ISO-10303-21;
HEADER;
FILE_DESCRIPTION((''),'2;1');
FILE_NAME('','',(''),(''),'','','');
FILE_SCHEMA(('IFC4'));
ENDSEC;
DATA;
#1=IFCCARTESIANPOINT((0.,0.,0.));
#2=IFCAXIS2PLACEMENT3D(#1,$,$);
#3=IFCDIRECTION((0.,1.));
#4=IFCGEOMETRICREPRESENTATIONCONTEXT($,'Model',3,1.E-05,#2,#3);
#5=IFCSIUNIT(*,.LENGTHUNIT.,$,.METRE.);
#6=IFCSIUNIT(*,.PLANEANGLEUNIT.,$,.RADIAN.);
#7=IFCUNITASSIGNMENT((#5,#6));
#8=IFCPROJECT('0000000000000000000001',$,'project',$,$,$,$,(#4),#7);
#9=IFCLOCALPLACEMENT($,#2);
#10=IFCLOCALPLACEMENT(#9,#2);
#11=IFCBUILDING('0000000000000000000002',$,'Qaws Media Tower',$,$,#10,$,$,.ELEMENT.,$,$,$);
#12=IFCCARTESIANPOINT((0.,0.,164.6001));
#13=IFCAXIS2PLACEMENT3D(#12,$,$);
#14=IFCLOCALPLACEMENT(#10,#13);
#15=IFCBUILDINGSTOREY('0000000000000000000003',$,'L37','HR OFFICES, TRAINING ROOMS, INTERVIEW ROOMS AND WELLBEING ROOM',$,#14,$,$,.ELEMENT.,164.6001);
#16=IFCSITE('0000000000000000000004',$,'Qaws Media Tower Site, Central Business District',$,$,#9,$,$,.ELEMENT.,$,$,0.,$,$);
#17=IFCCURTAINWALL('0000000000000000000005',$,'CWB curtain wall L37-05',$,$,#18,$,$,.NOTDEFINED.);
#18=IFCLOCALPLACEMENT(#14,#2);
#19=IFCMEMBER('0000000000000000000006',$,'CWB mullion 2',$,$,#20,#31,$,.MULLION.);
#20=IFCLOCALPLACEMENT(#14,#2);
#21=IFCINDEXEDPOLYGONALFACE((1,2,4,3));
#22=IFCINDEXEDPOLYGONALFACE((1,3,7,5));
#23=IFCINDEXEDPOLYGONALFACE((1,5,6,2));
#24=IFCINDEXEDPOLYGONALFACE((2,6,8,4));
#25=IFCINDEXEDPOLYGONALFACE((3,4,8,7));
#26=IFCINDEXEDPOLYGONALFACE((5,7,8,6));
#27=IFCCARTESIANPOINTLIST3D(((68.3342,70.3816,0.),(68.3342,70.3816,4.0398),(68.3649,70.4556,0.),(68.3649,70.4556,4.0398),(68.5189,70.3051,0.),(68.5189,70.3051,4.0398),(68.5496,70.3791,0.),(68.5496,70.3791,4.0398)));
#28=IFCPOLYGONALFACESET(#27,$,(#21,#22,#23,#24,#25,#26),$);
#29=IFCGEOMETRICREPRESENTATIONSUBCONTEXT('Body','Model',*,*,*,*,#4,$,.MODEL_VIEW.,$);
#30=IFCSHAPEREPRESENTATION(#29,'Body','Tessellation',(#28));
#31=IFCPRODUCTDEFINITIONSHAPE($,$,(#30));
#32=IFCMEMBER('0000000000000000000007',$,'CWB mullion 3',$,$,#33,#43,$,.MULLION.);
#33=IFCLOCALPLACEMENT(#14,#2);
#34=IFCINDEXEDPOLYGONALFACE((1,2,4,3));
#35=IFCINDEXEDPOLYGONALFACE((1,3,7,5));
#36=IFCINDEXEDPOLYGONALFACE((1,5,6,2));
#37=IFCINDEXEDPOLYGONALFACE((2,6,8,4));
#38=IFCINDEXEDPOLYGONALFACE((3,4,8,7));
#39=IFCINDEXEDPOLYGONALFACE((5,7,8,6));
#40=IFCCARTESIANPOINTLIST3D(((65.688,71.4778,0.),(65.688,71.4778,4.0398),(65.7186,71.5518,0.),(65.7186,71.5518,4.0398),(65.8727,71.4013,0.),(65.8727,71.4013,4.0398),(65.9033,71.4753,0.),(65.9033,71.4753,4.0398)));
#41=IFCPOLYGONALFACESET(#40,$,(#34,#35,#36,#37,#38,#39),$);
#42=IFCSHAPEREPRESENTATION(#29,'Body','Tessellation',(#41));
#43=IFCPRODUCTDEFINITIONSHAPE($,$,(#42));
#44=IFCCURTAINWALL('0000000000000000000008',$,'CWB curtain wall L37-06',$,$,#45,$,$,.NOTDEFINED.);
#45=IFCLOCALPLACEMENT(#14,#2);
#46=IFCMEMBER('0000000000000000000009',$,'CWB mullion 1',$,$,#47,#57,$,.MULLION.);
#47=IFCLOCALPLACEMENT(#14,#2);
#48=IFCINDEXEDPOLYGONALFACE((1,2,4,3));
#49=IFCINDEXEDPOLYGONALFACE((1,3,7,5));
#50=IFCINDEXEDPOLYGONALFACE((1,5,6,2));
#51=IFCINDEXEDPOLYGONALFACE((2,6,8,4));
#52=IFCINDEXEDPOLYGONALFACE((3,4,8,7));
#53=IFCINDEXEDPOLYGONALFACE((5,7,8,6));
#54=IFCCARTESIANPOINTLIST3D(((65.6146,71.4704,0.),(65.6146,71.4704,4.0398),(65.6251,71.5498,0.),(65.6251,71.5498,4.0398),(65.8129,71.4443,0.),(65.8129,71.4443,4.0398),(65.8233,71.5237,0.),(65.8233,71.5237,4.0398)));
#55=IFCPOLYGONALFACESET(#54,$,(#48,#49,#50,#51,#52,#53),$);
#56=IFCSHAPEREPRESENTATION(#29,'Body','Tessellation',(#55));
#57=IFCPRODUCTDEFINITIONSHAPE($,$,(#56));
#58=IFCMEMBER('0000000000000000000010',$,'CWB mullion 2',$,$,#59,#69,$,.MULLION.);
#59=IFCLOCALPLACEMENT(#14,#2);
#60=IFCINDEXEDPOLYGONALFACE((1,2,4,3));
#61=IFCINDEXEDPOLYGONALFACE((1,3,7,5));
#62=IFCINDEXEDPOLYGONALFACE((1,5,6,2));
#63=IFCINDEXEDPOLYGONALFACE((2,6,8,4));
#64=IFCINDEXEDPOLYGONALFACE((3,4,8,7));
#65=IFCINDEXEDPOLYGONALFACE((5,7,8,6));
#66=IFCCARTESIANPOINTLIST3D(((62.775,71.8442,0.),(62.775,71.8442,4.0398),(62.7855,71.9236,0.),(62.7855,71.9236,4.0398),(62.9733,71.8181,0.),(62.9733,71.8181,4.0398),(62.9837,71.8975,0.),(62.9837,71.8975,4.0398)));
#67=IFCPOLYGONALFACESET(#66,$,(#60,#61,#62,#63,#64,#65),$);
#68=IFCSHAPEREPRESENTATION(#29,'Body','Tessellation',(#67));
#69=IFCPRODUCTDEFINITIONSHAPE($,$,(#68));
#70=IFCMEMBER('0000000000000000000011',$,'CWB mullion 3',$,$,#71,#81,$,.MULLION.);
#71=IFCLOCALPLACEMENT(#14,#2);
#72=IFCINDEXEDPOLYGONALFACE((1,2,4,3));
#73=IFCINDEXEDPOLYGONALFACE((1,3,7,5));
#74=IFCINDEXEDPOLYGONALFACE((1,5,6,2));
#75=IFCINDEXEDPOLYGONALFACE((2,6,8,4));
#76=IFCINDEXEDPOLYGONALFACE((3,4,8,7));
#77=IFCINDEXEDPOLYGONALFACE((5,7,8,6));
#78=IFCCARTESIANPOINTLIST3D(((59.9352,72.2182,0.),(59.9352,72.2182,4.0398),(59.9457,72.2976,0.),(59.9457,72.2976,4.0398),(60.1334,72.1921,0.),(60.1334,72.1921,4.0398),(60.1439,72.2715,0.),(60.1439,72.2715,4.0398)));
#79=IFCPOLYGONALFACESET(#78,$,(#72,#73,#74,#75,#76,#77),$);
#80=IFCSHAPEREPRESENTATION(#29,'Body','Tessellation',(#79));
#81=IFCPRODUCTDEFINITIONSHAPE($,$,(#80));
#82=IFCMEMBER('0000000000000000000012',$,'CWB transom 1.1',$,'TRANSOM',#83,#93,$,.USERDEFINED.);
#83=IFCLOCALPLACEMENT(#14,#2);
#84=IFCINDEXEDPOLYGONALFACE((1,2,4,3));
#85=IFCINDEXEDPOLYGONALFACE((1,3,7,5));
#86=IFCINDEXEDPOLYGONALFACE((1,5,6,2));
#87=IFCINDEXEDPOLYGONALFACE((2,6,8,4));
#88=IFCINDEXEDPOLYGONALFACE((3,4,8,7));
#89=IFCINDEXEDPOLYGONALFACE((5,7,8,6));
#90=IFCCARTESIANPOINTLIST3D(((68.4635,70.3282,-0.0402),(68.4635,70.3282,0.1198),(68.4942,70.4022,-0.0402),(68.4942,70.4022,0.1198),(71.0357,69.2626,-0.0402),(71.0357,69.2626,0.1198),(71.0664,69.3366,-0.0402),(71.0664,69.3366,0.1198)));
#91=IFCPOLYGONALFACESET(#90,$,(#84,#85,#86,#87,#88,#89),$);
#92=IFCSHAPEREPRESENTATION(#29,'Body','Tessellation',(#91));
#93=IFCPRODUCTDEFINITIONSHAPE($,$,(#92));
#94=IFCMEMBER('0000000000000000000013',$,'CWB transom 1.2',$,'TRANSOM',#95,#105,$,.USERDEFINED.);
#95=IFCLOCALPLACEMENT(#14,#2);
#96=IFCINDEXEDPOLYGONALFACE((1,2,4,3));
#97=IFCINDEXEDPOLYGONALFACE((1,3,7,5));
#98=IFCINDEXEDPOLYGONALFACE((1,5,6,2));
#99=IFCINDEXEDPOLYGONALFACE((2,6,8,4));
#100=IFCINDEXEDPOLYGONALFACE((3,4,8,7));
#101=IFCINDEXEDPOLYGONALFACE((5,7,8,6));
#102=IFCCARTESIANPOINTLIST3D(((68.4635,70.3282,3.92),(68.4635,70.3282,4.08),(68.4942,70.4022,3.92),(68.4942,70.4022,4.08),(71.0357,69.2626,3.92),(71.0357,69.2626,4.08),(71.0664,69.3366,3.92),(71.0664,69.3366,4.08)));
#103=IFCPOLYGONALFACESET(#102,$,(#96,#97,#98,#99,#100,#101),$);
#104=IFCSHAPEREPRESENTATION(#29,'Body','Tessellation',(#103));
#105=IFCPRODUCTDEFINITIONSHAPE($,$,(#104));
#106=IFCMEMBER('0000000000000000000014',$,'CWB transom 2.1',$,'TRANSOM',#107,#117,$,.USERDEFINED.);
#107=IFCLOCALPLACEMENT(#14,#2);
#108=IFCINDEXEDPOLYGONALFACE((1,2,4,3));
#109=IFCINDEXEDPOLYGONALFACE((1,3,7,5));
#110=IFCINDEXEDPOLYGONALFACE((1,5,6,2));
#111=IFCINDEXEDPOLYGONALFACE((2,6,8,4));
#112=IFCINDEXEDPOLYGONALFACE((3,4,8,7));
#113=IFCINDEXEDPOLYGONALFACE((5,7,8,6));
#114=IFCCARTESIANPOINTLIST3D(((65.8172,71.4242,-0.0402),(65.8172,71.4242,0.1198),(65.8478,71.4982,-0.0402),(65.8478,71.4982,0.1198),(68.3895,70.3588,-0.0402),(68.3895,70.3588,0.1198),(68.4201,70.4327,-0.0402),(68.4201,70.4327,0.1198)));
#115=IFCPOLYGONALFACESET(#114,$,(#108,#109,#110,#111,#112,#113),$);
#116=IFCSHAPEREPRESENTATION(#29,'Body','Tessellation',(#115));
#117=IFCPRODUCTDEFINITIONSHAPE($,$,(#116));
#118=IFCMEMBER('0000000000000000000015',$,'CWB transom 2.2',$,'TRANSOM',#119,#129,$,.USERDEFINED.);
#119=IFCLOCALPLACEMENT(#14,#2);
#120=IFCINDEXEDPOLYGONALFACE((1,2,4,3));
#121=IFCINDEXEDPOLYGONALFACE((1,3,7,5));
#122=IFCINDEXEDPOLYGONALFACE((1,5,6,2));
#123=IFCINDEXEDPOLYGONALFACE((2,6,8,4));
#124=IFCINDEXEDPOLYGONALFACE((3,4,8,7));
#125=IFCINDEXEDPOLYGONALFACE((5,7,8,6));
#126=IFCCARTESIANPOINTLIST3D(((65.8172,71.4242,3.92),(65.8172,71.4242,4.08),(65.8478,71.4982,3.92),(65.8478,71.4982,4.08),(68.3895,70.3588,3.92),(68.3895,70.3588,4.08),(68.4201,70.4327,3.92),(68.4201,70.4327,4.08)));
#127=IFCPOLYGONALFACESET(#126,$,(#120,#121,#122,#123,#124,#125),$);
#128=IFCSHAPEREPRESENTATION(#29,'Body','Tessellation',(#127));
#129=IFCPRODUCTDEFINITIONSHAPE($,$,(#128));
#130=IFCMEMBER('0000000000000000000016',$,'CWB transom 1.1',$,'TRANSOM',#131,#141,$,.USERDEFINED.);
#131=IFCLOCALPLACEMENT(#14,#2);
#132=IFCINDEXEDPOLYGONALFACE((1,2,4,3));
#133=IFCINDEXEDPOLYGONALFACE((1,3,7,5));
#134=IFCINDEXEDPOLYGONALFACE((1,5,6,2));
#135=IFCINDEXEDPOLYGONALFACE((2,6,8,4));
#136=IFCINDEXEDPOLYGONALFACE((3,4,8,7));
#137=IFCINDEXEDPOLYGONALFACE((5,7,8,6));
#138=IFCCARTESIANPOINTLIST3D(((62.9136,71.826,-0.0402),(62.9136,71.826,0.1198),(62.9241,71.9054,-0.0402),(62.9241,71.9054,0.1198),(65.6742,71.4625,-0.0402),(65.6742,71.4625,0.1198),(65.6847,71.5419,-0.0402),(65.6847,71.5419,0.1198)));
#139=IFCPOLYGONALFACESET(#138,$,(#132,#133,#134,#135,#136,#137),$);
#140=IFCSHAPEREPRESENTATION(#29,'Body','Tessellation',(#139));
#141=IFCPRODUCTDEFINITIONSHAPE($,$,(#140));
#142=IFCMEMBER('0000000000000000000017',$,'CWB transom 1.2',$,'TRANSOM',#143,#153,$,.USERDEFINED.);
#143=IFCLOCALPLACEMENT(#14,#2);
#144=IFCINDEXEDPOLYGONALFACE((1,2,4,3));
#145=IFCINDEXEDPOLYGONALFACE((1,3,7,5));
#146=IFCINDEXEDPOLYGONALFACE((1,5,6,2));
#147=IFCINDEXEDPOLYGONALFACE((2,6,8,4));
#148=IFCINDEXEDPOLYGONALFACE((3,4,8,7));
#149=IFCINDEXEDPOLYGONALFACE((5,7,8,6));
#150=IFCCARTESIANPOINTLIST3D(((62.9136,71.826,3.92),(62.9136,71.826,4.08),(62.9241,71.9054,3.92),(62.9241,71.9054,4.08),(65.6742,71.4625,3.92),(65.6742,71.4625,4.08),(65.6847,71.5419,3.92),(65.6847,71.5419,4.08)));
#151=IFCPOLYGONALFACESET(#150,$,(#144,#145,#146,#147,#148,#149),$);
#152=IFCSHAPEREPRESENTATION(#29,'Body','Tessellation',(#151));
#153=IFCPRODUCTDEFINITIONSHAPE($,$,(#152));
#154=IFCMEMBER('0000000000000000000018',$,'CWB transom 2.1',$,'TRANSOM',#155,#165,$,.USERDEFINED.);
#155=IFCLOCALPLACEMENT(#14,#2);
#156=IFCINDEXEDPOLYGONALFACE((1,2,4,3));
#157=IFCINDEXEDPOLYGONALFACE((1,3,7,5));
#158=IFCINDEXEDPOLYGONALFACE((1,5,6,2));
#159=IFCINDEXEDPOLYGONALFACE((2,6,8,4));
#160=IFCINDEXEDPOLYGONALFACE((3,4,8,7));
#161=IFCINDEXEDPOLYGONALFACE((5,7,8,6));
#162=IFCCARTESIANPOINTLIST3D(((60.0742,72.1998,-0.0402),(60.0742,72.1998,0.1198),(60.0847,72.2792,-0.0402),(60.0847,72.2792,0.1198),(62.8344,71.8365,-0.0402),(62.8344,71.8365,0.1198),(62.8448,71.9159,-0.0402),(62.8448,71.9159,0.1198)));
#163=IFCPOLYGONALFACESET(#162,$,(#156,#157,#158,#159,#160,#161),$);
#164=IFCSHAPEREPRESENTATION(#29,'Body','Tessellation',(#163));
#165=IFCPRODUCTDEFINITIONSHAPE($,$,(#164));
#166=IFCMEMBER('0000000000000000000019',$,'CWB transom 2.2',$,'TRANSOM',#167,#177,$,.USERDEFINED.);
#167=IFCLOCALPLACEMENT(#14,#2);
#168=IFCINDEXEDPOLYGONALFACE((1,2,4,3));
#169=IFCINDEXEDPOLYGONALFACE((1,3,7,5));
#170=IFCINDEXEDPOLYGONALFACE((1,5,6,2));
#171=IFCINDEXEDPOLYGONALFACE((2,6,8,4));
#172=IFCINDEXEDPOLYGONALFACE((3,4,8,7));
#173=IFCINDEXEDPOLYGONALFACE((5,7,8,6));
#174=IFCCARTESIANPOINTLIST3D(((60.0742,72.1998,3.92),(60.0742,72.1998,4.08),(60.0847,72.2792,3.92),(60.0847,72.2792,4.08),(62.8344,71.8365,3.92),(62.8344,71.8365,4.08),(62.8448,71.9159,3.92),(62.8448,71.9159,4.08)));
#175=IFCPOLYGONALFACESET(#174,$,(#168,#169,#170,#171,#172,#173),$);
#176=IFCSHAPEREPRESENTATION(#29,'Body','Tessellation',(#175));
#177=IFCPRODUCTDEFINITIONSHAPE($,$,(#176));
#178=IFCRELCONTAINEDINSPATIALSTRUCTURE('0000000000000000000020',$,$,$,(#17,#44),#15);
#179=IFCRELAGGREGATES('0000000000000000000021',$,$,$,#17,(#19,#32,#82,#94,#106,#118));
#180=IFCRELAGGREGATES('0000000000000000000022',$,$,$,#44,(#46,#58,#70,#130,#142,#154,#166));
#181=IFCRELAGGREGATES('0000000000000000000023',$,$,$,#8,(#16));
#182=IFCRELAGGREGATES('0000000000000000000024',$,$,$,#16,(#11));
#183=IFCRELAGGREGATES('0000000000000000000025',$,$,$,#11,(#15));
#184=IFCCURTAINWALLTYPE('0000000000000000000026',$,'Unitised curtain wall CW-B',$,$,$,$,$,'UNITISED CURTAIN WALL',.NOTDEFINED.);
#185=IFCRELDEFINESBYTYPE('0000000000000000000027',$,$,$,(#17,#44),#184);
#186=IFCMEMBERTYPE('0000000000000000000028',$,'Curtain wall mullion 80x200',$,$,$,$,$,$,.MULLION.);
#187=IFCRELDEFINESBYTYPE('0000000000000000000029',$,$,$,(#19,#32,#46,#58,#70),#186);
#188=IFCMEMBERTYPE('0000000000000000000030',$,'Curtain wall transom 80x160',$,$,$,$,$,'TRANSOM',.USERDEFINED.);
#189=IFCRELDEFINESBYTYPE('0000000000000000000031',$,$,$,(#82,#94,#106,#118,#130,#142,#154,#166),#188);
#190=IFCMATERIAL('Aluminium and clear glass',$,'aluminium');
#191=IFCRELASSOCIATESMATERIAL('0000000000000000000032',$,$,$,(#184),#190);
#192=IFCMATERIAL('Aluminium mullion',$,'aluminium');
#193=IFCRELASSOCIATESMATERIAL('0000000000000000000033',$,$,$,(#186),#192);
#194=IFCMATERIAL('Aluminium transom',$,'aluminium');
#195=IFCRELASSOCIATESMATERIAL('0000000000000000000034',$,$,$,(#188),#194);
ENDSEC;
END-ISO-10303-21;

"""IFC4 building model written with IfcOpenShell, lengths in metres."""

from ifc_helpers import new_model, si_unit, direction, frame, origin, origin_2d, place, context, subcontext, project, spatial, rectangle, extrude, material, material_profile, profile_set, type_object, element, aggregate, save


model = new_model("IFC4")

# Units and contexts
model_context = context("Model", 3, precision=1e-05, world=origin(), true_north=direction((0.0, 1.0)))
body_context = subcontext(model_context, "Body", "Model", "MODEL_VIEW")
ifc_project = project(units=[si_unit("LENGTHUNIT", "METRE"), si_unit("PLANEANGLEUNIT", "RADIAN")], contexts=[model_context])

# Site, building, storey
site_placement = place(None, origin())
site = spatial("IfcSite", under=ifc_project, at=site_placement, Name="Qaws Media Tower Site, Central Business District", CompositionType="ELEMENT", RefElevation=0.0)
building_placement = place(site_placement, origin())
building = spatial("IfcBuilding", under=site, at=building_placement, Name="Qaws Media Tower", CompositionType="ELEMENT")
storey_placement = place(building_placement, frame((0.0, 0.0, 164.6001)))
storey = spatial("IfcBuildingStorey", under=building, at=storey_placement, Name="L37", Description="HR OFFICES, TRAINING ROOMS, INTERVIEW ROOMS AND WELLBEING ROOM", CompositionType="ELEMENT", Elevation=164.6001)

# Curtain walls, members
ifc_material_1 = material(Name="Aluminium and clear glass", Category="aluminium")
curtain_wall_type = type_object("IfcCurtainWallType", Name="Unitised curtain wall CW-B", ElementType="UNITISED CURTAIN WALL", PredefinedType="NOTDEFINED", material=ifc_material_1)
curtain_wall_1_placement = place(storey_placement, origin())
curtain_wall_1 = element("IfcCurtainWall", 1, at=curtain_wall_1_placement, inside=storey, type_object=curtain_wall_type, Name="CWB curtain wall L37-05", PredefinedType="NOTDEFINED")
ifc_material_2 = material(Name="Aluminium mullion", Category="aluminium")
ifc_material_profile_1 = material_profile(ifc_material_2, rectangle(XDim=0.0801, YDim=0.2, at=origin_2d()), Name="80x200")
ifc_profile_set_1 = profile_set([ifc_material_profile_1], Name="Aluminium mullion")
member_type_1 = type_object("IfcMemberType", Name="Curtain wall mullion 80x200", PredefinedType="MULLION", material=ifc_profile_set_1)
member_1_placement = place(storey_placement, frame((68.4419, 70.3804, 0.0), z_axis=(0.0, 0.0, 1.0), x_axis=(-0.382684, -0.923879, 0.0)))
member_1 = element("IfcMember", 2, at=member_1_placement, type_object=member_type_1, Name="CWB mullion 2", PredefinedType="MULLION", context=body_context, shape_type="SweptSolid", body=[
    extrude(rectangle(XDim=0.0801, YDim=0.2, at=origin_2d()), origin(), (0.0, 0.0, 1.0), 4.0398),
])
member_2_placement = place(storey_placement, frame((65.7957, 71.4766, 0.0), z_axis=(0.0, 0.0, 1.0), x_axis=(-0.382684, -0.923879, 0.0)))
member_2 = element("IfcMember", 3, at=member_2_placement, type_object=member_type_1, Name="CWB mullion 3", PredefinedType="MULLION", context=body_context, shape_type="SweptSolid", body=[
    extrude(rectangle(XDim=0.0801, YDim=0.2, at=origin_2d()), origin(), (0.0, 0.0, 1.0), 4.0398),
])
curtain_wall_2_placement = place(storey_placement, origin())
curtain_wall_2 = element("IfcCurtainWall", 4, at=curtain_wall_2_placement, inside=storey, type_object=curtain_wall_type, Name="CWB curtain wall L37-06", PredefinedType="NOTDEFINED")
member_3_placement = place(storey_placement, frame((65.719, 71.4971, 0.0), z_axis=(0.0, 0.0, 1.0), x_axis=(-0.130526, -0.991445, 0.0)))
member_3 = element("IfcMember", 5, at=member_3_placement, type_object=member_type_1, Name="CWB mullion 1", PredefinedType="MULLION", context=body_context, shape_type="SweptSolid", body=[
    extrude(rectangle(XDim=0.0801, YDim=0.2, at=origin_2d()), origin(), (0.0, 0.0, 1.0), 4.0398),
])
member_4_placement = place(storey_placement, frame((62.8794, 71.8708, 0.0), z_axis=(0.0, 0.0, 1.0), x_axis=(-0.130526, -0.991445, 0.0)))
member_4 = element("IfcMember", 6, at=member_4_placement, type_object=member_type_1, Name="CWB mullion 2", PredefinedType="MULLION", context=body_context, shape_type="SweptSolid", body=[
    extrude(rectangle(XDim=0.0801, YDim=0.2, at=origin_2d()), origin(), (0.0, 0.0, 1.0), 4.0398),
])
member_5_placement = place(storey_placement, frame((60.0396, 72.2449, 0.0), z_axis=(0.0, 0.0, 1.0), x_axis=(-0.130526, -0.991445, 0.0)))
member_5 = element("IfcMember", 7, at=member_5_placement, type_object=member_type_1, Name="CWB mullion 3", PredefinedType="MULLION", context=body_context, shape_type="SweptSolid", body=[
    extrude(rectangle(XDim=0.0801, YDim=0.2, at=origin_2d()), origin(), (0.0, 0.0, 1.0), 4.0398),
])

# Members
ifc_material_3 = material(Name="Aluminium transom", Category="aluminium")
ifc_material_profile_2 = material_profile(ifc_material_3, rectangle(XDim=0.0801, YDim=0.1599, at=origin_2d()), Name="80x160")
ifc_profile_set_2 = profile_set([ifc_material_profile_2], Name="Aluminium transom")
member_type_2 = type_object("IfcMemberType", Name="Curtain wall transom 80x160", ElementType="TRANSOM", PredefinedType="USERDEFINED", material=ifc_profile_set_2)
member_6_placement = place(storey_placement, frame((71.051, 69.2996, 0.0398), z_axis=(-0.923853, 0.382747, 0.0), x_axis=(-0.382747, -0.923853, 0.0)))
member_6 = element("IfcMember", 8, at=member_6_placement, type_object=member_type_2, Name="CWB transom 1.1", ObjectType="TRANSOM", PredefinedType="USERDEFINED", context=body_context, shape_type="SweptSolid", body=[
    extrude(rectangle(XDim=0.0801, YDim=0.1599, at=origin_2d()), origin(), (0.0, 0.0, 1.0), 2.7842),
])
member_7_placement = place(storey_placement, frame((71.051, 69.2996, 4.0), z_axis=(-0.923853, 0.382747, 0.0), x_axis=(-0.382747, -0.923853, 0.0)))
member_7 = element("IfcMember", 9, at=member_7_placement, type_object=member_type_2, Name="CWB transom 1.2", ObjectType="TRANSOM", PredefinedType="USERDEFINED", context=body_context, shape_type="SweptSolid", body=[
    extrude(rectangle(XDim=0.0801, YDim=0.1599, at=origin_2d()), origin(), (0.0, 0.0, 1.0), 2.7842),
])
member_8_placement = place(storey_placement, frame((68.4048, 70.3958, 0.0398), z_axis=(-0.923884, 0.382672, 0.0), x_axis=(-0.382672, -0.923884, 0.0)))
member_8 = element("IfcMember", 10, at=member_8_placement, type_object=member_type_2, Name="CWB transom 2.1", ObjectType="TRANSOM", PredefinedType="USERDEFINED", context=body_context, shape_type="SweptSolid", body=[
    extrude(rectangle(XDim=0.0801, YDim=0.1599, at=origin_2d()), origin(), (0.0, 0.0, 1.0), 2.7842),
])
member_9_placement = place(storey_placement, frame((68.4048, 70.3958, 4.0), z_axis=(-0.923884, 0.382672, 0.0), x_axis=(-0.382672, -0.923884, 0.0)))
member_9 = element("IfcMember", 11, at=member_9_placement, type_object=member_type_2, Name="CWB transom 2.2", ObjectType="TRANSOM", PredefinedType="USERDEFINED", context=body_context, shape_type="SweptSolid", body=[
    extrude(rectangle(XDim=0.0801, YDim=0.1599, at=origin_2d()), origin(), (0.0, 0.0, 1.0), 2.7842),
])
member_10_placement = place(storey_placement, frame((65.6794, 71.5022, 0.0398), z_axis=(-0.99144, 0.130561, 0.0), x_axis=(-0.130561, -0.99144, 0.0)))
member_10 = element("IfcMember", 12, at=member_10_placement, type_object=member_type_2, Name="CWB transom 1.1", ObjectType="TRANSOM", PredefinedType="USERDEFINED", context=body_context, shape_type="SweptSolid", body=[
    extrude(rectangle(XDim=0.0801, YDim=0.1599, at=origin_2d()), origin(), (0.0, 0.0, 1.0), 2.7844),
])
member_11_placement = place(storey_placement, frame((65.6794, 71.5022, 4.0), z_axis=(-0.99144, 0.130561, 0.0), x_axis=(-0.130561, -0.99144, 0.0)))
member_11 = element("IfcMember", 13, at=member_11_placement, type_object=member_type_2, Name="CWB transom 1.2", ObjectType="TRANSOM", PredefinedType="USERDEFINED", context=body_context, shape_type="SweptSolid", body=[
    extrude(rectangle(XDim=0.0801, YDim=0.1599, at=origin_2d()), origin(), (0.0, 0.0, 1.0), 2.7844),
])
member_12_placement = place(storey_placement, frame((62.8396, 71.8762, 0.0398), z_axis=(-0.99145, 0.130486, 0.0), x_axis=(-0.130486, -0.99145, 0.0)))
member_12 = element("IfcMember", 14, at=member_12_placement, type_object=member_type_2, Name="CWB transom 2.1", ObjectType="TRANSOM", PredefinedType="USERDEFINED", context=body_context, shape_type="SweptSolid", body=[
    extrude(rectangle(XDim=0.0801, YDim=0.1599, at=origin_2d()), origin(), (0.0, 0.0, 1.0), 2.7839),
])
member_13_placement = place(storey_placement, frame((62.8396, 71.8762, 4.0), z_axis=(-0.99145, 0.130486, 0.0), x_axis=(-0.130486, -0.99145, 0.0)))
member_13 = element("IfcMember", 15, at=member_13_placement, type_object=member_type_2, Name="CWB transom 2.2", ObjectType="TRANSOM", PredefinedType="USERDEFINED", context=body_context, shape_type="SweptSolid", body=[
    extrude(rectangle(XDim=0.0801, YDim=0.1599, at=origin_2d()), origin(), (0.0, 0.0, 1.0), 2.7839),
])

aggregate(curtain_wall_1, [member_1, member_2, member_6, member_7, member_8, member_9])
aggregate(curtain_wall_2, [member_3, member_4, member_5, member_10, member_11, member_12, member_13])

save(model, "model.ifc")
